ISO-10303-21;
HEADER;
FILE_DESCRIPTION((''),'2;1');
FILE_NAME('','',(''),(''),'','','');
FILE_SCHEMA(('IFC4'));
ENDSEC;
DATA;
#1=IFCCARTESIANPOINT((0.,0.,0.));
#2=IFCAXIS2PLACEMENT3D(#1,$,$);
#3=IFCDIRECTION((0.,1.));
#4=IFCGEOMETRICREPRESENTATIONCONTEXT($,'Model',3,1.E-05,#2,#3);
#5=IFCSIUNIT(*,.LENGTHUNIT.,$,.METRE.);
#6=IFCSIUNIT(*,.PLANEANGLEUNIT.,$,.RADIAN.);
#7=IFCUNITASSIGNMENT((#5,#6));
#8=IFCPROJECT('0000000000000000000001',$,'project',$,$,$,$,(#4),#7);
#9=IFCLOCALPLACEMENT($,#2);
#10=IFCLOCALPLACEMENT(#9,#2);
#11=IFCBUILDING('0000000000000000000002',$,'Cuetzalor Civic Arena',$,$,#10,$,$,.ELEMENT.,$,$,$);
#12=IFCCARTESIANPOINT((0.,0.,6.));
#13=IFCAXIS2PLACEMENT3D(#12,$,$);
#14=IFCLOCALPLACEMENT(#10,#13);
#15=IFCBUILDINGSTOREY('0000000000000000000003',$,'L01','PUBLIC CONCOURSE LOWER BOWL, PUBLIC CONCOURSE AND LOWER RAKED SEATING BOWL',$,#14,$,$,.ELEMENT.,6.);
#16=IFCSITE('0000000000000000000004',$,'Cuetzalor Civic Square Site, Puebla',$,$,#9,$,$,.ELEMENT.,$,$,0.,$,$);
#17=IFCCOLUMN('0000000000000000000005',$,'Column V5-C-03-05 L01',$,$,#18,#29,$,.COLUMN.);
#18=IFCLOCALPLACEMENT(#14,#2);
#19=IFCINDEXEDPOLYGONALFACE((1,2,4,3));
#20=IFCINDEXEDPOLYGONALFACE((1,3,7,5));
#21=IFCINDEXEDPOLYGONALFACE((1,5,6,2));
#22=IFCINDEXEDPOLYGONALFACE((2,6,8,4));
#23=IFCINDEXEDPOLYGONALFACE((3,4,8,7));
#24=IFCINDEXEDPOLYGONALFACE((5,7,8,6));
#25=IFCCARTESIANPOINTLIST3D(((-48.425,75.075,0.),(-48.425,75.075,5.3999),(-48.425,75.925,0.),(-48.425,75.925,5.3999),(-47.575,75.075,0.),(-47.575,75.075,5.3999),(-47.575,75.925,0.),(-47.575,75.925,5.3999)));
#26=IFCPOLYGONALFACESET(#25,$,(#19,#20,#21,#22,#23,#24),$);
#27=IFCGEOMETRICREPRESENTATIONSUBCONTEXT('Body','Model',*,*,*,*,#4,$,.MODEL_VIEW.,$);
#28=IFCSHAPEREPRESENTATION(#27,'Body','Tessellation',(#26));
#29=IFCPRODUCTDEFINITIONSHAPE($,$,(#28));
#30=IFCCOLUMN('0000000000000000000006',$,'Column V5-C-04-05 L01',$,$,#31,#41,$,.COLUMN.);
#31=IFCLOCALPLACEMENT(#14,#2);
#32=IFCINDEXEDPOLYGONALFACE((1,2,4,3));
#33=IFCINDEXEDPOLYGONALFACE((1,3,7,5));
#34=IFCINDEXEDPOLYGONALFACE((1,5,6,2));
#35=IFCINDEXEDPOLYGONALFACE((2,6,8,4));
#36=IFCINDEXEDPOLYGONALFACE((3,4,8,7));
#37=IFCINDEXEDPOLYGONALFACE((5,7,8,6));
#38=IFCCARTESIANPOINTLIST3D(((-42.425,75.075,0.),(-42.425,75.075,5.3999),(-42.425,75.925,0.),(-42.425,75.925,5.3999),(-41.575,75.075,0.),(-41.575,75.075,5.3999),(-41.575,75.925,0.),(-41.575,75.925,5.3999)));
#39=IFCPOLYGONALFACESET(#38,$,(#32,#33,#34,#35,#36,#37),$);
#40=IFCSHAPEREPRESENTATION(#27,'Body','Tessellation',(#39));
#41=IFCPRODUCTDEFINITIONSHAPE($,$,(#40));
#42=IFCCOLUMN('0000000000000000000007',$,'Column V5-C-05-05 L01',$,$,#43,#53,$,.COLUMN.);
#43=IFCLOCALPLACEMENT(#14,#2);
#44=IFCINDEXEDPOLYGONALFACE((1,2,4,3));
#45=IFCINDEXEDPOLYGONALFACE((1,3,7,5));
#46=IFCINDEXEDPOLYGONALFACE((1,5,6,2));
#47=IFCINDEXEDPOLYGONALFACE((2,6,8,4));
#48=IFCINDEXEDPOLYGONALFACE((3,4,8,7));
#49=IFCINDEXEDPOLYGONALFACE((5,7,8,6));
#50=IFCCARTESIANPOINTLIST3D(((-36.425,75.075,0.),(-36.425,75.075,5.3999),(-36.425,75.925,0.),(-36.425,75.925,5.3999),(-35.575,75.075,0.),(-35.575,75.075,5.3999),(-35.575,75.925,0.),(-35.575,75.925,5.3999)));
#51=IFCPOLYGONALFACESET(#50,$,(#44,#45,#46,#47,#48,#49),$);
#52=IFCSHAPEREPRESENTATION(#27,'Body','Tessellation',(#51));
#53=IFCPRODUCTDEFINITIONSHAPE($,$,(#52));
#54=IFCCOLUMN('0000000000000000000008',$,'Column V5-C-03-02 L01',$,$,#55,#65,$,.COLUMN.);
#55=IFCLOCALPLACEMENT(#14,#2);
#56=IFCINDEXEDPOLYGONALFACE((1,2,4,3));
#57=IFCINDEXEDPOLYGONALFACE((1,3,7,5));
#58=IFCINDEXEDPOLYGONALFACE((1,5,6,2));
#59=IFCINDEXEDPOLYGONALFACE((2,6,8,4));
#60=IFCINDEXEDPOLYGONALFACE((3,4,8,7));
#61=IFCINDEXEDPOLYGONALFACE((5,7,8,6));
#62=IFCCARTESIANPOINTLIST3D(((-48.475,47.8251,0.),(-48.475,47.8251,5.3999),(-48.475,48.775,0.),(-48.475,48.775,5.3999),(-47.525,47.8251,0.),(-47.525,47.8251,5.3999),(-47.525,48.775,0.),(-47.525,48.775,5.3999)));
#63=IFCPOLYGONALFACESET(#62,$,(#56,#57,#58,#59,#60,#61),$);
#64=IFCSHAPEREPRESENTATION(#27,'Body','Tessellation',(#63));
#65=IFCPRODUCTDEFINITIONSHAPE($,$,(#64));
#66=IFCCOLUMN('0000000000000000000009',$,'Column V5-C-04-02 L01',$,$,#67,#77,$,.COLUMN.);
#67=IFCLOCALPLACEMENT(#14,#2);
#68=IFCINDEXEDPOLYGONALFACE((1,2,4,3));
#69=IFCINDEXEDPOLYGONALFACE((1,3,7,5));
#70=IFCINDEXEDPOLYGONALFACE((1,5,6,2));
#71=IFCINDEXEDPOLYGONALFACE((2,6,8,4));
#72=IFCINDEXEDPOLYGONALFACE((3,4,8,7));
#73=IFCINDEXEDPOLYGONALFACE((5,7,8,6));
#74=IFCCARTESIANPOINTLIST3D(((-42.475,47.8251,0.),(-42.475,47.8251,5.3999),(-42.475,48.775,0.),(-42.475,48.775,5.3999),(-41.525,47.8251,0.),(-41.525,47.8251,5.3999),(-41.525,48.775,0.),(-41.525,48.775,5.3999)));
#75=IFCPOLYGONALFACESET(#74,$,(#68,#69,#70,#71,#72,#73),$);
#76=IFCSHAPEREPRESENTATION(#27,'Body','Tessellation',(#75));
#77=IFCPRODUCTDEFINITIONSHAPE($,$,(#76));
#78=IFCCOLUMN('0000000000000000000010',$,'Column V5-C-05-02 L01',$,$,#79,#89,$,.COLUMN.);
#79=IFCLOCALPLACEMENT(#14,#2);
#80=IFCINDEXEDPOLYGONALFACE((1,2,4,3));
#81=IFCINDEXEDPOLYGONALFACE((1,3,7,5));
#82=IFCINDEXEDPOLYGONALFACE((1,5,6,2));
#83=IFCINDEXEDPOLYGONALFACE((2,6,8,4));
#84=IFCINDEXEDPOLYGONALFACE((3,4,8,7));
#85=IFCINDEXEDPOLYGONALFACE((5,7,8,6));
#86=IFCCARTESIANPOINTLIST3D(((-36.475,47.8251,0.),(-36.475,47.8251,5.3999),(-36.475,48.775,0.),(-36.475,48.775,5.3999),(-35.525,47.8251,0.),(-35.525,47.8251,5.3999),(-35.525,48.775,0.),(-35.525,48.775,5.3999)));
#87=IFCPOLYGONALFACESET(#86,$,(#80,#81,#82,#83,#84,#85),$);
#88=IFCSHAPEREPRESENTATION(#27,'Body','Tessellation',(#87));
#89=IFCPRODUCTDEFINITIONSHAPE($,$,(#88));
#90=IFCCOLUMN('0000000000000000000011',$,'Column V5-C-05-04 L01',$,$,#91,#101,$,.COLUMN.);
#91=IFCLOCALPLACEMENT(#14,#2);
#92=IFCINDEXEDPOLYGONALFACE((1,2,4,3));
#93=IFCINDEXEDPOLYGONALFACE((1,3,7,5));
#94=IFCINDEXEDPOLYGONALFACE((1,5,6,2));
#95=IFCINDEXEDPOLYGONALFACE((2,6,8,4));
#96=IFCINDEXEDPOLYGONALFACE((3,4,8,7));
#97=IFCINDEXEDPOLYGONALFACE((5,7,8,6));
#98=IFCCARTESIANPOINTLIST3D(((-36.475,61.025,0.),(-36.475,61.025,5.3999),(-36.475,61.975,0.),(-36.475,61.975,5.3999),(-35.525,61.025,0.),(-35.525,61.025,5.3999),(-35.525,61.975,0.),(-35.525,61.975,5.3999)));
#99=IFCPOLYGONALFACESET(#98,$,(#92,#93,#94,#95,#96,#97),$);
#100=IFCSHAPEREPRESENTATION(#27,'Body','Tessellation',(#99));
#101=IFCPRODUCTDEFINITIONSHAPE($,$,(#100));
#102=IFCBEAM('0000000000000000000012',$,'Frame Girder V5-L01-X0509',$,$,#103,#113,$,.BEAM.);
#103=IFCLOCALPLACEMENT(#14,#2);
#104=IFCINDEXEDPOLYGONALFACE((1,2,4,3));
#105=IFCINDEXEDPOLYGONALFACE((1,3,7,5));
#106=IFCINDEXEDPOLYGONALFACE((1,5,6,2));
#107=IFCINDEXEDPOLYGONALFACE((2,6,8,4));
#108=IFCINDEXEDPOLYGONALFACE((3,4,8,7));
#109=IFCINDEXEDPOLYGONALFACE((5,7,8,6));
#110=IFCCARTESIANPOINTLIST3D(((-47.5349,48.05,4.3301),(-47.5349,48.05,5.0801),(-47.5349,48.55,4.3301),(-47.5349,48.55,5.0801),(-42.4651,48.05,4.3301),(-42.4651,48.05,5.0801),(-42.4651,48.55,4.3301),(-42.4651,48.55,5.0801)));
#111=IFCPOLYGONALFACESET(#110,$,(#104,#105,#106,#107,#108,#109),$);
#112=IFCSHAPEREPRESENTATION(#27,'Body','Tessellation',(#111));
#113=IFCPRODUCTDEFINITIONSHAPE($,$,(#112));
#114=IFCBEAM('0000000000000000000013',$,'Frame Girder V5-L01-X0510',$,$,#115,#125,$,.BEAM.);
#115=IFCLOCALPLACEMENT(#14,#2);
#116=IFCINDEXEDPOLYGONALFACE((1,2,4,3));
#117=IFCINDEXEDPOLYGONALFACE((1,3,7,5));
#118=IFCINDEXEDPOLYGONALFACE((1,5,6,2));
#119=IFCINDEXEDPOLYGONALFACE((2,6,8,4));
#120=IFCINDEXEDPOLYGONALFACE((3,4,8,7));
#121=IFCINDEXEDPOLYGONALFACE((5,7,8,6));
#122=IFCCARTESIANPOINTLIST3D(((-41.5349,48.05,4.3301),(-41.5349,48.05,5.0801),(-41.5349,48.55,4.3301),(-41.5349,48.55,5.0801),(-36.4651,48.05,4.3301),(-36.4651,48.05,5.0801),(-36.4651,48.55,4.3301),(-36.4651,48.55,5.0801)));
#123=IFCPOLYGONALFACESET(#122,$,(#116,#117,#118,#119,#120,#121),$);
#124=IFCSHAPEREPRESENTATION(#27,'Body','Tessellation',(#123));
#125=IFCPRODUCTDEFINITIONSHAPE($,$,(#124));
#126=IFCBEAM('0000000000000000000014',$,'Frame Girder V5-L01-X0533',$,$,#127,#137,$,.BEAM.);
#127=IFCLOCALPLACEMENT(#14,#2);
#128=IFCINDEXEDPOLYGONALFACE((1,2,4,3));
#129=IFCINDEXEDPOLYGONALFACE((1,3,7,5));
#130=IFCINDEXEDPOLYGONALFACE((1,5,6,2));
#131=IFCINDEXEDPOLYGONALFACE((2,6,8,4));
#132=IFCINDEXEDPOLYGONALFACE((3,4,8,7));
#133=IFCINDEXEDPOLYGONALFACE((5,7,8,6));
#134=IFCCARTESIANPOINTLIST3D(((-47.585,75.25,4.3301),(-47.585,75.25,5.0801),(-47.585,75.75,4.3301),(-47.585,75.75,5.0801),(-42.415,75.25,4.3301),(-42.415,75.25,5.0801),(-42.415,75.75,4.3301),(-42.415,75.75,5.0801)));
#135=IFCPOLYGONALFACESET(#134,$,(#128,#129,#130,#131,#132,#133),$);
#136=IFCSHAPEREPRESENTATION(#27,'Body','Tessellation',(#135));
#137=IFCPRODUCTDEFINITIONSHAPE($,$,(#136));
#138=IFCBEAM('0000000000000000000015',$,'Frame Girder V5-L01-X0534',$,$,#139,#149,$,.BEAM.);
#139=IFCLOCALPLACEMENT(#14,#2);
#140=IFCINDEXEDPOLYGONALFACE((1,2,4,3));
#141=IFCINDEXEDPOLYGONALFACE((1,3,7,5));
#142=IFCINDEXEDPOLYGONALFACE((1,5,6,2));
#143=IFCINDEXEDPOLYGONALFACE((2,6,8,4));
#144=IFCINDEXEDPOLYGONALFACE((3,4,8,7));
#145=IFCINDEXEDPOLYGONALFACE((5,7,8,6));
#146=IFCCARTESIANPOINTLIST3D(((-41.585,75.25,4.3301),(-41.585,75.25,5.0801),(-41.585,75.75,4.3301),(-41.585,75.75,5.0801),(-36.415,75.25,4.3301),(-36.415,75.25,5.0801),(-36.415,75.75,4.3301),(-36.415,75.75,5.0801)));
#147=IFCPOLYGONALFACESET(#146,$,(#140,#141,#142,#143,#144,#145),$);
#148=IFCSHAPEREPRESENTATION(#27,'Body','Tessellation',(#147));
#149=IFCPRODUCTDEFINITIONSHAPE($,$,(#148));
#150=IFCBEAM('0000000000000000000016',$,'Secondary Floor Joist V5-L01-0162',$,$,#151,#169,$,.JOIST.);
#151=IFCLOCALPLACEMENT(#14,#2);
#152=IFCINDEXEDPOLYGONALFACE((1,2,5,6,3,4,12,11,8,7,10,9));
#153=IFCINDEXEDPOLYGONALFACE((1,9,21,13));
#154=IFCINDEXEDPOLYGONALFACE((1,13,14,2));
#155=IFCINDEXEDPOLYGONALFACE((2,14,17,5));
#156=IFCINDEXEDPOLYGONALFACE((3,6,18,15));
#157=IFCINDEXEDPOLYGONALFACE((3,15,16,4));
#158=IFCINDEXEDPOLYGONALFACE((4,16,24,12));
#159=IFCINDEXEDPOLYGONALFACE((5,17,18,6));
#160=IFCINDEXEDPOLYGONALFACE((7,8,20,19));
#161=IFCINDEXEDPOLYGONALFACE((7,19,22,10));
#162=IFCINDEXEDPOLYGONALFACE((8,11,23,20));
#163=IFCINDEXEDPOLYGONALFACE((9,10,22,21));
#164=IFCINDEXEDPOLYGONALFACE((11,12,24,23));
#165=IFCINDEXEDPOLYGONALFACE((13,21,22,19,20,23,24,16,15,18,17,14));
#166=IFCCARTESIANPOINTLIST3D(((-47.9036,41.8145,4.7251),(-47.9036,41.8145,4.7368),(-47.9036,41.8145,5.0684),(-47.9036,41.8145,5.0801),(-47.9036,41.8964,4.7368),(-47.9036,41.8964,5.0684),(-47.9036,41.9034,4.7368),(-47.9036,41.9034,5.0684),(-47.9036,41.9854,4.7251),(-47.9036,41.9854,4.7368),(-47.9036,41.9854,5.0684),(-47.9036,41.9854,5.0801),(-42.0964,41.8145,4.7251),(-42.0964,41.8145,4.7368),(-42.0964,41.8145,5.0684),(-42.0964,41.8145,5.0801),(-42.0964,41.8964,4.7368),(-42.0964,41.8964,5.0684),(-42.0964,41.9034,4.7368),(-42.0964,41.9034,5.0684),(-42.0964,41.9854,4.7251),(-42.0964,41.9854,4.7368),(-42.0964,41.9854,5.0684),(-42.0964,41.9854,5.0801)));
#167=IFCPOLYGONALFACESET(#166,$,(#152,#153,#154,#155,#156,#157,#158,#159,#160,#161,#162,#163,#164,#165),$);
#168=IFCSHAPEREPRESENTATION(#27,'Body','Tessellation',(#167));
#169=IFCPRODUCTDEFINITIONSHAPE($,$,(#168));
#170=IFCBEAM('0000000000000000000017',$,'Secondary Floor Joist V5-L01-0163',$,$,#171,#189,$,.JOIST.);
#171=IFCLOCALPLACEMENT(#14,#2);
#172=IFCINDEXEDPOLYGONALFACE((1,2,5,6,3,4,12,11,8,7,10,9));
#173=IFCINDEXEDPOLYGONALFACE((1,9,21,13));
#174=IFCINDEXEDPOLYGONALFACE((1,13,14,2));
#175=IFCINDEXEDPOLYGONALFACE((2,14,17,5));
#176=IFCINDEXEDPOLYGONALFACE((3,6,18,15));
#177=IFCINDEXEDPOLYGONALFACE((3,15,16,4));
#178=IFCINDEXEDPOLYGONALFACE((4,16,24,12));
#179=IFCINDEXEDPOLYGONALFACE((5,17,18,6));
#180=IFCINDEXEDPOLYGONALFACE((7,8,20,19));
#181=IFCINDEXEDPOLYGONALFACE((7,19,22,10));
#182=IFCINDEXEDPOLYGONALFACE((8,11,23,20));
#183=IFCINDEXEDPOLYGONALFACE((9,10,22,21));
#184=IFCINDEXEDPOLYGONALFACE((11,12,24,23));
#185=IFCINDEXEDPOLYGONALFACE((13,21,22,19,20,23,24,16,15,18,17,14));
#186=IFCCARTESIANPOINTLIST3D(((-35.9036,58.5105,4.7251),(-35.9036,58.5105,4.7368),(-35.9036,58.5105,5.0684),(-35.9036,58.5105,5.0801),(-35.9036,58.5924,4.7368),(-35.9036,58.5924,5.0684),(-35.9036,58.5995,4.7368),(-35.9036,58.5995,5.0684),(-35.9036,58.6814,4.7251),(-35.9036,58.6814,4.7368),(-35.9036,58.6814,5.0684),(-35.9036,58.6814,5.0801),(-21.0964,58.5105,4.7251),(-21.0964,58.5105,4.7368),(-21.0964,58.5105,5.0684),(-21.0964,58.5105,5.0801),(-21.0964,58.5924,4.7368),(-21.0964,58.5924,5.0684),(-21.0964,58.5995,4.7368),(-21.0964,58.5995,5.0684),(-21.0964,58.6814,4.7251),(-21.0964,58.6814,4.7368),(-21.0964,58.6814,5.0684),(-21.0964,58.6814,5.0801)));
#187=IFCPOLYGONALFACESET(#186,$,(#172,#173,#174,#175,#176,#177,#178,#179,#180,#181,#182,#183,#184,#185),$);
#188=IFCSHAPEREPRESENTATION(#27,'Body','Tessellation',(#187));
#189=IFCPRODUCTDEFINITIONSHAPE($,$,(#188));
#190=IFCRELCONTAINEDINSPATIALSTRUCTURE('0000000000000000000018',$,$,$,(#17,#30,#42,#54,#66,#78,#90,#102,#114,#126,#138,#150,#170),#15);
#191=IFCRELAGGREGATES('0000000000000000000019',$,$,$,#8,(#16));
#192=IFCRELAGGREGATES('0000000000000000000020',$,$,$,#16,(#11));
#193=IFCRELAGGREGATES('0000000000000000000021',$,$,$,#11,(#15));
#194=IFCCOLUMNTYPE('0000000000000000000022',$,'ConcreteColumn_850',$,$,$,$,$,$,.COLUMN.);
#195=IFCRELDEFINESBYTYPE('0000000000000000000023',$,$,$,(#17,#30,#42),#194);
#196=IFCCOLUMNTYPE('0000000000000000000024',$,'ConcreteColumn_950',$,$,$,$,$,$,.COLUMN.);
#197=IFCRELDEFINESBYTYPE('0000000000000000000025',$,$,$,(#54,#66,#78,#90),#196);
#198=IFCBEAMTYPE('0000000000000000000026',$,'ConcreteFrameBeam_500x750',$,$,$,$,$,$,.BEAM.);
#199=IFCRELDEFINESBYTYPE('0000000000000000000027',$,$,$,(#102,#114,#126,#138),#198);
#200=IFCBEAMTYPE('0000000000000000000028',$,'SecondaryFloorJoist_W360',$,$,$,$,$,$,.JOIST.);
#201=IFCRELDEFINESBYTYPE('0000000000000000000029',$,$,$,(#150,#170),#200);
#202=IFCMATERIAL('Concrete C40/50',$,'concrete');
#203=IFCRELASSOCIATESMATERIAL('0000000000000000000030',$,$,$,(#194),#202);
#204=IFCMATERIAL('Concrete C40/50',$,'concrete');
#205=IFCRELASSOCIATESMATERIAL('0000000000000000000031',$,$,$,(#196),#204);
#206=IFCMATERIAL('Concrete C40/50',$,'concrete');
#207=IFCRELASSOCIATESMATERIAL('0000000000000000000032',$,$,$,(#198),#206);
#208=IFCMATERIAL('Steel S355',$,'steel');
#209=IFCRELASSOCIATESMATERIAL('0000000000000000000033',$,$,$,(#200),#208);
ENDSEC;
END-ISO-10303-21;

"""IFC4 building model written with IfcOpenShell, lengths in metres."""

from ifc_helpers import new_model, si_unit, direction, frame, origin, origin_2d, place, context, subcontext, project, spatial, rectangle, i_section, extrude, material, material_profile, profile_set, type_object, element, save


model = new_model("IFC4")

# Units and contexts
model_context = context("Model", 3, precision=1e-05, world=origin(), true_north=direction((0.0, 1.0)))
body_context = subcontext(model_context, "Body", "Model", "MODEL_VIEW")
ifc_project = project(units=[si_unit("LENGTHUNIT", "METRE"), si_unit("PLANEANGLEUNIT", "RADIAN")], contexts=[model_context])

# Site, building, storey
site_placement = place(None, origin())
site = spatial("IfcSite", under=ifc_project, at=site_placement, Name="Cuetzalor Civic Square Site, Puebla", CompositionType="ELEMENT", RefElevation=0.0)
building_placement = place(site_placement, origin())
building = spatial("IfcBuilding", under=site, at=building_placement, Name="Cuetzalor Civic Arena", CompositionType="ELEMENT")
storey_placement = place(building_placement, frame((0.0, 0.0, 6.0)))
storey = spatial("IfcBuildingStorey", under=building, at=storey_placement, Name="L01", Description="PUBLIC CONCOURSE LOWER BOWL, PUBLIC CONCOURSE AND LOWER RAKED SEATING BOWL", CompositionType="ELEMENT", Elevation=6.0)

# Columns
ifc_material_1 = material(Name="Concrete C40/50", Category="concrete")
ifc_material_profile_1 = material_profile(ifc_material_1, rectangle(XDim=0.8501, YDim=0.8501, at=origin_2d()), Name="RC 850x850")
ifc_profile_set_1 = profile_set([ifc_material_profile_1], Name="Concrete C40/50")
column_type_1 = type_object("IfcColumnType", Name="ConcreteColumn_850", PredefinedType="COLUMN", material=ifc_profile_set_1)
for number, where, z_axis, x_axis, name in (
    (1, (-48.0, 75.5, 0.0), (0.0, 0.0, 1.0), (1.0, 0.0, 0.0), "Column V5-C-03-05 L01"),
    (2, (-42.0, 75.5, 0.0), (0.0, 0.0, 1.0), (1.0, 0.0, 0.0), "Column V5-C-04-05 L01"),
    (3, (-36.0, 75.5, 0.0), (0.0, 0.0, 1.0), (1.0, 0.0, 0.0), "Column V5-C-05-05 L01"),
):
    element("IfcColumn", number, at=place(storey_placement, frame(where, z_axis=z_axis, x_axis=x_axis)), inside=storey, type_object=column_type_1, Name=name, PredefinedType="COLUMN", context=body_context, shape_type="SweptSolid", body=[
        extrude(rectangle(XDim=0.8501, YDim=0.8501, at=origin_2d()), origin(), (0.0, 0.0, 1.0), 5.3999),
    ])
ifc_material_2 = material(Name="Concrete C40/50", Category="concrete")
ifc_material_profile_2 = material_profile(ifc_material_2, rectangle(XDim=0.95, YDim=0.95, at=origin_2d()), Name="RC 950x950")
ifc_profile_set_2 = profile_set([ifc_material_profile_2], Name="Concrete C40/50")
column_type_2 = type_object("IfcColumnType", Name="ConcreteColumn_950", PredefinedType="COLUMN", material=ifc_profile_set_2)
for number, where, z_axis, x_axis, name in (
    (4, (-48.0, 48.3, 0.0), (0.0, 0.0, 1.0), (1.0, 0.0, 0.0), "Column V5-C-03-02 L01"),
    (5, (-42.0, 48.3, 0.0), (0.0, 0.0, 1.0), (1.0, 0.0, 0.0), "Column V5-C-04-02 L01"),
    (6, (-36.0, 48.3, 0.0), (0.0, 0.0, 1.0), (1.0, 0.0, 0.0), "Column V5-C-05-02 L01"),
    (7, (-36.0, 61.5, 0.0), (0.0, 0.0, 1.0), (1.0, 0.0, 0.0), "Column V5-C-05-04 L01"),
):
    element("IfcColumn", number, at=place(storey_placement, frame(where, z_axis=z_axis, x_axis=x_axis)), inside=storey, type_object=column_type_2, Name=name, PredefinedType="COLUMN", context=body_context, shape_type="SweptSolid", body=[
        extrude(rectangle(XDim=0.95, YDim=0.95, at=origin_2d()), origin(), (0.0, 0.0, 1.0), 5.3999),
    ])

# Beams
ifc_material_3 = material(Name="Concrete C40/50", Category="concrete")
ifc_material_profile_3 = material_profile(ifc_material_3, rectangle(XDim=0.5, YDim=0.75, at=origin_2d()), Name="RC 500x750")
ifc_profile_set_3 = profile_set([ifc_material_profile_3], Name="Concrete C40/50")
beam_type_1 = type_object("IfcBeamType", Name="ConcreteFrameBeam_500x750", PredefinedType="BEAM", material=ifc_profile_set_3)
for number, where, z_axis, x_axis, name in (
    (8, (-47.5349, 48.3, 4.7051), (1.0, 0.0, 0.0), (0.0, 1.0, 0.0), "Frame Girder V5-L01-X0509"),
    (9, (-41.5349, 48.3, 4.7051), (1.0, 0.0, 0.0), (0.0, 1.0, 0.0), "Frame Girder V5-L01-X0510"),
):
    element("IfcBeam", number, at=place(storey_placement, frame(where, z_axis=z_axis, x_axis=x_axis)), inside=storey, type_object=beam_type_1, Name=name, PredefinedType="BEAM", context=body_context, shape_type="SweptSolid", body=[
        extrude(rectangle(XDim=0.5, YDim=0.75, at=origin_2d()), origin(), (0.0, 0.0, 1.0), 5.0698),
    ])
for number, where, z_axis, x_axis, name in (
    (10, (-47.585, 75.5, 4.7051), (1.0, 0.0, 0.0), (0.0, 1.0, 0.0), "Frame Girder V5-L01-X0533"),
    (11, (-41.585, 75.5, 4.7051), (1.0, 0.0, 0.0), (0.0, 1.0, 0.0), "Frame Girder V5-L01-X0534"),
):
    element("IfcBeam", number, at=place(storey_placement, frame(where, z_axis=z_axis, x_axis=x_axis)), inside=storey, type_object=beam_type_1, Name=name, PredefinedType="BEAM", context=body_context, shape_type="SweptSolid", body=[
        extrude(rectangle(XDim=0.5, YDim=0.75, at=origin_2d()), origin(), (0.0, 0.0, 1.0), 5.1699),
    ])
ifc_material_4 = material(Name="Steel S355", Category="steel")
ifc_material_profile_4 = material_profile(ifc_material_4, i_section(OverallWidth=0.1709, OverallDepth=0.355, WebThickness=0.0071, FlangeThickness=0.0117, at=origin_2d()), Name="W360x51")
ifc_profile_set_4 = profile_set([ifc_material_profile_4], Name="Steel S355")
beam_type_2 = type_object("IfcBeamType", Name="SecondaryFloorJoist_W360", PredefinedType="JOIST", material=ifc_profile_set_4)
beam_1_placement = place(storey_placement, frame((-47.9036, 41.8999, 4.9026), z_axis=(1.0, 0.0, 0.0), x_axis=(0.0, 1.0, 0.0)))
element("IfcBeam", 12, at=beam_1_placement, inside=storey, type_object=beam_type_2, Name="Secondary Floor Joist V5-L01-0162", PredefinedType="JOIST", context=body_context, shape_type="SweptSolid", body=[
    extrude(i_section(OverallWidth=0.1709, OverallDepth=0.355, WebThickness=0.0071, FlangeThickness=0.0117, at=origin_2d()), origin(), (0.0, 0.0, 1.0), 5.8071),
])
beam_2_placement = place(storey_placement, frame((-35.9036, 58.5959, 4.9026), z_axis=(1.0, 0.0, 0.0), x_axis=(0.0, 1.0, 0.0)))
element("IfcBeam", 13, at=beam_2_placement, inside=storey, type_object=beam_type_2, Name="Secondary Floor Joist V5-L01-0163", PredefinedType="JOIST", context=body_context, shape_type="SweptSolid", body=[
    extrude(i_section(OverallWidth=0.1709, OverallDepth=0.355, WebThickness=0.0071, FlangeThickness=0.0117, at=origin_2d()), origin(), (0.0, 0.0, 1.0), 14.8071),
])

save(model, "model.ifc")
